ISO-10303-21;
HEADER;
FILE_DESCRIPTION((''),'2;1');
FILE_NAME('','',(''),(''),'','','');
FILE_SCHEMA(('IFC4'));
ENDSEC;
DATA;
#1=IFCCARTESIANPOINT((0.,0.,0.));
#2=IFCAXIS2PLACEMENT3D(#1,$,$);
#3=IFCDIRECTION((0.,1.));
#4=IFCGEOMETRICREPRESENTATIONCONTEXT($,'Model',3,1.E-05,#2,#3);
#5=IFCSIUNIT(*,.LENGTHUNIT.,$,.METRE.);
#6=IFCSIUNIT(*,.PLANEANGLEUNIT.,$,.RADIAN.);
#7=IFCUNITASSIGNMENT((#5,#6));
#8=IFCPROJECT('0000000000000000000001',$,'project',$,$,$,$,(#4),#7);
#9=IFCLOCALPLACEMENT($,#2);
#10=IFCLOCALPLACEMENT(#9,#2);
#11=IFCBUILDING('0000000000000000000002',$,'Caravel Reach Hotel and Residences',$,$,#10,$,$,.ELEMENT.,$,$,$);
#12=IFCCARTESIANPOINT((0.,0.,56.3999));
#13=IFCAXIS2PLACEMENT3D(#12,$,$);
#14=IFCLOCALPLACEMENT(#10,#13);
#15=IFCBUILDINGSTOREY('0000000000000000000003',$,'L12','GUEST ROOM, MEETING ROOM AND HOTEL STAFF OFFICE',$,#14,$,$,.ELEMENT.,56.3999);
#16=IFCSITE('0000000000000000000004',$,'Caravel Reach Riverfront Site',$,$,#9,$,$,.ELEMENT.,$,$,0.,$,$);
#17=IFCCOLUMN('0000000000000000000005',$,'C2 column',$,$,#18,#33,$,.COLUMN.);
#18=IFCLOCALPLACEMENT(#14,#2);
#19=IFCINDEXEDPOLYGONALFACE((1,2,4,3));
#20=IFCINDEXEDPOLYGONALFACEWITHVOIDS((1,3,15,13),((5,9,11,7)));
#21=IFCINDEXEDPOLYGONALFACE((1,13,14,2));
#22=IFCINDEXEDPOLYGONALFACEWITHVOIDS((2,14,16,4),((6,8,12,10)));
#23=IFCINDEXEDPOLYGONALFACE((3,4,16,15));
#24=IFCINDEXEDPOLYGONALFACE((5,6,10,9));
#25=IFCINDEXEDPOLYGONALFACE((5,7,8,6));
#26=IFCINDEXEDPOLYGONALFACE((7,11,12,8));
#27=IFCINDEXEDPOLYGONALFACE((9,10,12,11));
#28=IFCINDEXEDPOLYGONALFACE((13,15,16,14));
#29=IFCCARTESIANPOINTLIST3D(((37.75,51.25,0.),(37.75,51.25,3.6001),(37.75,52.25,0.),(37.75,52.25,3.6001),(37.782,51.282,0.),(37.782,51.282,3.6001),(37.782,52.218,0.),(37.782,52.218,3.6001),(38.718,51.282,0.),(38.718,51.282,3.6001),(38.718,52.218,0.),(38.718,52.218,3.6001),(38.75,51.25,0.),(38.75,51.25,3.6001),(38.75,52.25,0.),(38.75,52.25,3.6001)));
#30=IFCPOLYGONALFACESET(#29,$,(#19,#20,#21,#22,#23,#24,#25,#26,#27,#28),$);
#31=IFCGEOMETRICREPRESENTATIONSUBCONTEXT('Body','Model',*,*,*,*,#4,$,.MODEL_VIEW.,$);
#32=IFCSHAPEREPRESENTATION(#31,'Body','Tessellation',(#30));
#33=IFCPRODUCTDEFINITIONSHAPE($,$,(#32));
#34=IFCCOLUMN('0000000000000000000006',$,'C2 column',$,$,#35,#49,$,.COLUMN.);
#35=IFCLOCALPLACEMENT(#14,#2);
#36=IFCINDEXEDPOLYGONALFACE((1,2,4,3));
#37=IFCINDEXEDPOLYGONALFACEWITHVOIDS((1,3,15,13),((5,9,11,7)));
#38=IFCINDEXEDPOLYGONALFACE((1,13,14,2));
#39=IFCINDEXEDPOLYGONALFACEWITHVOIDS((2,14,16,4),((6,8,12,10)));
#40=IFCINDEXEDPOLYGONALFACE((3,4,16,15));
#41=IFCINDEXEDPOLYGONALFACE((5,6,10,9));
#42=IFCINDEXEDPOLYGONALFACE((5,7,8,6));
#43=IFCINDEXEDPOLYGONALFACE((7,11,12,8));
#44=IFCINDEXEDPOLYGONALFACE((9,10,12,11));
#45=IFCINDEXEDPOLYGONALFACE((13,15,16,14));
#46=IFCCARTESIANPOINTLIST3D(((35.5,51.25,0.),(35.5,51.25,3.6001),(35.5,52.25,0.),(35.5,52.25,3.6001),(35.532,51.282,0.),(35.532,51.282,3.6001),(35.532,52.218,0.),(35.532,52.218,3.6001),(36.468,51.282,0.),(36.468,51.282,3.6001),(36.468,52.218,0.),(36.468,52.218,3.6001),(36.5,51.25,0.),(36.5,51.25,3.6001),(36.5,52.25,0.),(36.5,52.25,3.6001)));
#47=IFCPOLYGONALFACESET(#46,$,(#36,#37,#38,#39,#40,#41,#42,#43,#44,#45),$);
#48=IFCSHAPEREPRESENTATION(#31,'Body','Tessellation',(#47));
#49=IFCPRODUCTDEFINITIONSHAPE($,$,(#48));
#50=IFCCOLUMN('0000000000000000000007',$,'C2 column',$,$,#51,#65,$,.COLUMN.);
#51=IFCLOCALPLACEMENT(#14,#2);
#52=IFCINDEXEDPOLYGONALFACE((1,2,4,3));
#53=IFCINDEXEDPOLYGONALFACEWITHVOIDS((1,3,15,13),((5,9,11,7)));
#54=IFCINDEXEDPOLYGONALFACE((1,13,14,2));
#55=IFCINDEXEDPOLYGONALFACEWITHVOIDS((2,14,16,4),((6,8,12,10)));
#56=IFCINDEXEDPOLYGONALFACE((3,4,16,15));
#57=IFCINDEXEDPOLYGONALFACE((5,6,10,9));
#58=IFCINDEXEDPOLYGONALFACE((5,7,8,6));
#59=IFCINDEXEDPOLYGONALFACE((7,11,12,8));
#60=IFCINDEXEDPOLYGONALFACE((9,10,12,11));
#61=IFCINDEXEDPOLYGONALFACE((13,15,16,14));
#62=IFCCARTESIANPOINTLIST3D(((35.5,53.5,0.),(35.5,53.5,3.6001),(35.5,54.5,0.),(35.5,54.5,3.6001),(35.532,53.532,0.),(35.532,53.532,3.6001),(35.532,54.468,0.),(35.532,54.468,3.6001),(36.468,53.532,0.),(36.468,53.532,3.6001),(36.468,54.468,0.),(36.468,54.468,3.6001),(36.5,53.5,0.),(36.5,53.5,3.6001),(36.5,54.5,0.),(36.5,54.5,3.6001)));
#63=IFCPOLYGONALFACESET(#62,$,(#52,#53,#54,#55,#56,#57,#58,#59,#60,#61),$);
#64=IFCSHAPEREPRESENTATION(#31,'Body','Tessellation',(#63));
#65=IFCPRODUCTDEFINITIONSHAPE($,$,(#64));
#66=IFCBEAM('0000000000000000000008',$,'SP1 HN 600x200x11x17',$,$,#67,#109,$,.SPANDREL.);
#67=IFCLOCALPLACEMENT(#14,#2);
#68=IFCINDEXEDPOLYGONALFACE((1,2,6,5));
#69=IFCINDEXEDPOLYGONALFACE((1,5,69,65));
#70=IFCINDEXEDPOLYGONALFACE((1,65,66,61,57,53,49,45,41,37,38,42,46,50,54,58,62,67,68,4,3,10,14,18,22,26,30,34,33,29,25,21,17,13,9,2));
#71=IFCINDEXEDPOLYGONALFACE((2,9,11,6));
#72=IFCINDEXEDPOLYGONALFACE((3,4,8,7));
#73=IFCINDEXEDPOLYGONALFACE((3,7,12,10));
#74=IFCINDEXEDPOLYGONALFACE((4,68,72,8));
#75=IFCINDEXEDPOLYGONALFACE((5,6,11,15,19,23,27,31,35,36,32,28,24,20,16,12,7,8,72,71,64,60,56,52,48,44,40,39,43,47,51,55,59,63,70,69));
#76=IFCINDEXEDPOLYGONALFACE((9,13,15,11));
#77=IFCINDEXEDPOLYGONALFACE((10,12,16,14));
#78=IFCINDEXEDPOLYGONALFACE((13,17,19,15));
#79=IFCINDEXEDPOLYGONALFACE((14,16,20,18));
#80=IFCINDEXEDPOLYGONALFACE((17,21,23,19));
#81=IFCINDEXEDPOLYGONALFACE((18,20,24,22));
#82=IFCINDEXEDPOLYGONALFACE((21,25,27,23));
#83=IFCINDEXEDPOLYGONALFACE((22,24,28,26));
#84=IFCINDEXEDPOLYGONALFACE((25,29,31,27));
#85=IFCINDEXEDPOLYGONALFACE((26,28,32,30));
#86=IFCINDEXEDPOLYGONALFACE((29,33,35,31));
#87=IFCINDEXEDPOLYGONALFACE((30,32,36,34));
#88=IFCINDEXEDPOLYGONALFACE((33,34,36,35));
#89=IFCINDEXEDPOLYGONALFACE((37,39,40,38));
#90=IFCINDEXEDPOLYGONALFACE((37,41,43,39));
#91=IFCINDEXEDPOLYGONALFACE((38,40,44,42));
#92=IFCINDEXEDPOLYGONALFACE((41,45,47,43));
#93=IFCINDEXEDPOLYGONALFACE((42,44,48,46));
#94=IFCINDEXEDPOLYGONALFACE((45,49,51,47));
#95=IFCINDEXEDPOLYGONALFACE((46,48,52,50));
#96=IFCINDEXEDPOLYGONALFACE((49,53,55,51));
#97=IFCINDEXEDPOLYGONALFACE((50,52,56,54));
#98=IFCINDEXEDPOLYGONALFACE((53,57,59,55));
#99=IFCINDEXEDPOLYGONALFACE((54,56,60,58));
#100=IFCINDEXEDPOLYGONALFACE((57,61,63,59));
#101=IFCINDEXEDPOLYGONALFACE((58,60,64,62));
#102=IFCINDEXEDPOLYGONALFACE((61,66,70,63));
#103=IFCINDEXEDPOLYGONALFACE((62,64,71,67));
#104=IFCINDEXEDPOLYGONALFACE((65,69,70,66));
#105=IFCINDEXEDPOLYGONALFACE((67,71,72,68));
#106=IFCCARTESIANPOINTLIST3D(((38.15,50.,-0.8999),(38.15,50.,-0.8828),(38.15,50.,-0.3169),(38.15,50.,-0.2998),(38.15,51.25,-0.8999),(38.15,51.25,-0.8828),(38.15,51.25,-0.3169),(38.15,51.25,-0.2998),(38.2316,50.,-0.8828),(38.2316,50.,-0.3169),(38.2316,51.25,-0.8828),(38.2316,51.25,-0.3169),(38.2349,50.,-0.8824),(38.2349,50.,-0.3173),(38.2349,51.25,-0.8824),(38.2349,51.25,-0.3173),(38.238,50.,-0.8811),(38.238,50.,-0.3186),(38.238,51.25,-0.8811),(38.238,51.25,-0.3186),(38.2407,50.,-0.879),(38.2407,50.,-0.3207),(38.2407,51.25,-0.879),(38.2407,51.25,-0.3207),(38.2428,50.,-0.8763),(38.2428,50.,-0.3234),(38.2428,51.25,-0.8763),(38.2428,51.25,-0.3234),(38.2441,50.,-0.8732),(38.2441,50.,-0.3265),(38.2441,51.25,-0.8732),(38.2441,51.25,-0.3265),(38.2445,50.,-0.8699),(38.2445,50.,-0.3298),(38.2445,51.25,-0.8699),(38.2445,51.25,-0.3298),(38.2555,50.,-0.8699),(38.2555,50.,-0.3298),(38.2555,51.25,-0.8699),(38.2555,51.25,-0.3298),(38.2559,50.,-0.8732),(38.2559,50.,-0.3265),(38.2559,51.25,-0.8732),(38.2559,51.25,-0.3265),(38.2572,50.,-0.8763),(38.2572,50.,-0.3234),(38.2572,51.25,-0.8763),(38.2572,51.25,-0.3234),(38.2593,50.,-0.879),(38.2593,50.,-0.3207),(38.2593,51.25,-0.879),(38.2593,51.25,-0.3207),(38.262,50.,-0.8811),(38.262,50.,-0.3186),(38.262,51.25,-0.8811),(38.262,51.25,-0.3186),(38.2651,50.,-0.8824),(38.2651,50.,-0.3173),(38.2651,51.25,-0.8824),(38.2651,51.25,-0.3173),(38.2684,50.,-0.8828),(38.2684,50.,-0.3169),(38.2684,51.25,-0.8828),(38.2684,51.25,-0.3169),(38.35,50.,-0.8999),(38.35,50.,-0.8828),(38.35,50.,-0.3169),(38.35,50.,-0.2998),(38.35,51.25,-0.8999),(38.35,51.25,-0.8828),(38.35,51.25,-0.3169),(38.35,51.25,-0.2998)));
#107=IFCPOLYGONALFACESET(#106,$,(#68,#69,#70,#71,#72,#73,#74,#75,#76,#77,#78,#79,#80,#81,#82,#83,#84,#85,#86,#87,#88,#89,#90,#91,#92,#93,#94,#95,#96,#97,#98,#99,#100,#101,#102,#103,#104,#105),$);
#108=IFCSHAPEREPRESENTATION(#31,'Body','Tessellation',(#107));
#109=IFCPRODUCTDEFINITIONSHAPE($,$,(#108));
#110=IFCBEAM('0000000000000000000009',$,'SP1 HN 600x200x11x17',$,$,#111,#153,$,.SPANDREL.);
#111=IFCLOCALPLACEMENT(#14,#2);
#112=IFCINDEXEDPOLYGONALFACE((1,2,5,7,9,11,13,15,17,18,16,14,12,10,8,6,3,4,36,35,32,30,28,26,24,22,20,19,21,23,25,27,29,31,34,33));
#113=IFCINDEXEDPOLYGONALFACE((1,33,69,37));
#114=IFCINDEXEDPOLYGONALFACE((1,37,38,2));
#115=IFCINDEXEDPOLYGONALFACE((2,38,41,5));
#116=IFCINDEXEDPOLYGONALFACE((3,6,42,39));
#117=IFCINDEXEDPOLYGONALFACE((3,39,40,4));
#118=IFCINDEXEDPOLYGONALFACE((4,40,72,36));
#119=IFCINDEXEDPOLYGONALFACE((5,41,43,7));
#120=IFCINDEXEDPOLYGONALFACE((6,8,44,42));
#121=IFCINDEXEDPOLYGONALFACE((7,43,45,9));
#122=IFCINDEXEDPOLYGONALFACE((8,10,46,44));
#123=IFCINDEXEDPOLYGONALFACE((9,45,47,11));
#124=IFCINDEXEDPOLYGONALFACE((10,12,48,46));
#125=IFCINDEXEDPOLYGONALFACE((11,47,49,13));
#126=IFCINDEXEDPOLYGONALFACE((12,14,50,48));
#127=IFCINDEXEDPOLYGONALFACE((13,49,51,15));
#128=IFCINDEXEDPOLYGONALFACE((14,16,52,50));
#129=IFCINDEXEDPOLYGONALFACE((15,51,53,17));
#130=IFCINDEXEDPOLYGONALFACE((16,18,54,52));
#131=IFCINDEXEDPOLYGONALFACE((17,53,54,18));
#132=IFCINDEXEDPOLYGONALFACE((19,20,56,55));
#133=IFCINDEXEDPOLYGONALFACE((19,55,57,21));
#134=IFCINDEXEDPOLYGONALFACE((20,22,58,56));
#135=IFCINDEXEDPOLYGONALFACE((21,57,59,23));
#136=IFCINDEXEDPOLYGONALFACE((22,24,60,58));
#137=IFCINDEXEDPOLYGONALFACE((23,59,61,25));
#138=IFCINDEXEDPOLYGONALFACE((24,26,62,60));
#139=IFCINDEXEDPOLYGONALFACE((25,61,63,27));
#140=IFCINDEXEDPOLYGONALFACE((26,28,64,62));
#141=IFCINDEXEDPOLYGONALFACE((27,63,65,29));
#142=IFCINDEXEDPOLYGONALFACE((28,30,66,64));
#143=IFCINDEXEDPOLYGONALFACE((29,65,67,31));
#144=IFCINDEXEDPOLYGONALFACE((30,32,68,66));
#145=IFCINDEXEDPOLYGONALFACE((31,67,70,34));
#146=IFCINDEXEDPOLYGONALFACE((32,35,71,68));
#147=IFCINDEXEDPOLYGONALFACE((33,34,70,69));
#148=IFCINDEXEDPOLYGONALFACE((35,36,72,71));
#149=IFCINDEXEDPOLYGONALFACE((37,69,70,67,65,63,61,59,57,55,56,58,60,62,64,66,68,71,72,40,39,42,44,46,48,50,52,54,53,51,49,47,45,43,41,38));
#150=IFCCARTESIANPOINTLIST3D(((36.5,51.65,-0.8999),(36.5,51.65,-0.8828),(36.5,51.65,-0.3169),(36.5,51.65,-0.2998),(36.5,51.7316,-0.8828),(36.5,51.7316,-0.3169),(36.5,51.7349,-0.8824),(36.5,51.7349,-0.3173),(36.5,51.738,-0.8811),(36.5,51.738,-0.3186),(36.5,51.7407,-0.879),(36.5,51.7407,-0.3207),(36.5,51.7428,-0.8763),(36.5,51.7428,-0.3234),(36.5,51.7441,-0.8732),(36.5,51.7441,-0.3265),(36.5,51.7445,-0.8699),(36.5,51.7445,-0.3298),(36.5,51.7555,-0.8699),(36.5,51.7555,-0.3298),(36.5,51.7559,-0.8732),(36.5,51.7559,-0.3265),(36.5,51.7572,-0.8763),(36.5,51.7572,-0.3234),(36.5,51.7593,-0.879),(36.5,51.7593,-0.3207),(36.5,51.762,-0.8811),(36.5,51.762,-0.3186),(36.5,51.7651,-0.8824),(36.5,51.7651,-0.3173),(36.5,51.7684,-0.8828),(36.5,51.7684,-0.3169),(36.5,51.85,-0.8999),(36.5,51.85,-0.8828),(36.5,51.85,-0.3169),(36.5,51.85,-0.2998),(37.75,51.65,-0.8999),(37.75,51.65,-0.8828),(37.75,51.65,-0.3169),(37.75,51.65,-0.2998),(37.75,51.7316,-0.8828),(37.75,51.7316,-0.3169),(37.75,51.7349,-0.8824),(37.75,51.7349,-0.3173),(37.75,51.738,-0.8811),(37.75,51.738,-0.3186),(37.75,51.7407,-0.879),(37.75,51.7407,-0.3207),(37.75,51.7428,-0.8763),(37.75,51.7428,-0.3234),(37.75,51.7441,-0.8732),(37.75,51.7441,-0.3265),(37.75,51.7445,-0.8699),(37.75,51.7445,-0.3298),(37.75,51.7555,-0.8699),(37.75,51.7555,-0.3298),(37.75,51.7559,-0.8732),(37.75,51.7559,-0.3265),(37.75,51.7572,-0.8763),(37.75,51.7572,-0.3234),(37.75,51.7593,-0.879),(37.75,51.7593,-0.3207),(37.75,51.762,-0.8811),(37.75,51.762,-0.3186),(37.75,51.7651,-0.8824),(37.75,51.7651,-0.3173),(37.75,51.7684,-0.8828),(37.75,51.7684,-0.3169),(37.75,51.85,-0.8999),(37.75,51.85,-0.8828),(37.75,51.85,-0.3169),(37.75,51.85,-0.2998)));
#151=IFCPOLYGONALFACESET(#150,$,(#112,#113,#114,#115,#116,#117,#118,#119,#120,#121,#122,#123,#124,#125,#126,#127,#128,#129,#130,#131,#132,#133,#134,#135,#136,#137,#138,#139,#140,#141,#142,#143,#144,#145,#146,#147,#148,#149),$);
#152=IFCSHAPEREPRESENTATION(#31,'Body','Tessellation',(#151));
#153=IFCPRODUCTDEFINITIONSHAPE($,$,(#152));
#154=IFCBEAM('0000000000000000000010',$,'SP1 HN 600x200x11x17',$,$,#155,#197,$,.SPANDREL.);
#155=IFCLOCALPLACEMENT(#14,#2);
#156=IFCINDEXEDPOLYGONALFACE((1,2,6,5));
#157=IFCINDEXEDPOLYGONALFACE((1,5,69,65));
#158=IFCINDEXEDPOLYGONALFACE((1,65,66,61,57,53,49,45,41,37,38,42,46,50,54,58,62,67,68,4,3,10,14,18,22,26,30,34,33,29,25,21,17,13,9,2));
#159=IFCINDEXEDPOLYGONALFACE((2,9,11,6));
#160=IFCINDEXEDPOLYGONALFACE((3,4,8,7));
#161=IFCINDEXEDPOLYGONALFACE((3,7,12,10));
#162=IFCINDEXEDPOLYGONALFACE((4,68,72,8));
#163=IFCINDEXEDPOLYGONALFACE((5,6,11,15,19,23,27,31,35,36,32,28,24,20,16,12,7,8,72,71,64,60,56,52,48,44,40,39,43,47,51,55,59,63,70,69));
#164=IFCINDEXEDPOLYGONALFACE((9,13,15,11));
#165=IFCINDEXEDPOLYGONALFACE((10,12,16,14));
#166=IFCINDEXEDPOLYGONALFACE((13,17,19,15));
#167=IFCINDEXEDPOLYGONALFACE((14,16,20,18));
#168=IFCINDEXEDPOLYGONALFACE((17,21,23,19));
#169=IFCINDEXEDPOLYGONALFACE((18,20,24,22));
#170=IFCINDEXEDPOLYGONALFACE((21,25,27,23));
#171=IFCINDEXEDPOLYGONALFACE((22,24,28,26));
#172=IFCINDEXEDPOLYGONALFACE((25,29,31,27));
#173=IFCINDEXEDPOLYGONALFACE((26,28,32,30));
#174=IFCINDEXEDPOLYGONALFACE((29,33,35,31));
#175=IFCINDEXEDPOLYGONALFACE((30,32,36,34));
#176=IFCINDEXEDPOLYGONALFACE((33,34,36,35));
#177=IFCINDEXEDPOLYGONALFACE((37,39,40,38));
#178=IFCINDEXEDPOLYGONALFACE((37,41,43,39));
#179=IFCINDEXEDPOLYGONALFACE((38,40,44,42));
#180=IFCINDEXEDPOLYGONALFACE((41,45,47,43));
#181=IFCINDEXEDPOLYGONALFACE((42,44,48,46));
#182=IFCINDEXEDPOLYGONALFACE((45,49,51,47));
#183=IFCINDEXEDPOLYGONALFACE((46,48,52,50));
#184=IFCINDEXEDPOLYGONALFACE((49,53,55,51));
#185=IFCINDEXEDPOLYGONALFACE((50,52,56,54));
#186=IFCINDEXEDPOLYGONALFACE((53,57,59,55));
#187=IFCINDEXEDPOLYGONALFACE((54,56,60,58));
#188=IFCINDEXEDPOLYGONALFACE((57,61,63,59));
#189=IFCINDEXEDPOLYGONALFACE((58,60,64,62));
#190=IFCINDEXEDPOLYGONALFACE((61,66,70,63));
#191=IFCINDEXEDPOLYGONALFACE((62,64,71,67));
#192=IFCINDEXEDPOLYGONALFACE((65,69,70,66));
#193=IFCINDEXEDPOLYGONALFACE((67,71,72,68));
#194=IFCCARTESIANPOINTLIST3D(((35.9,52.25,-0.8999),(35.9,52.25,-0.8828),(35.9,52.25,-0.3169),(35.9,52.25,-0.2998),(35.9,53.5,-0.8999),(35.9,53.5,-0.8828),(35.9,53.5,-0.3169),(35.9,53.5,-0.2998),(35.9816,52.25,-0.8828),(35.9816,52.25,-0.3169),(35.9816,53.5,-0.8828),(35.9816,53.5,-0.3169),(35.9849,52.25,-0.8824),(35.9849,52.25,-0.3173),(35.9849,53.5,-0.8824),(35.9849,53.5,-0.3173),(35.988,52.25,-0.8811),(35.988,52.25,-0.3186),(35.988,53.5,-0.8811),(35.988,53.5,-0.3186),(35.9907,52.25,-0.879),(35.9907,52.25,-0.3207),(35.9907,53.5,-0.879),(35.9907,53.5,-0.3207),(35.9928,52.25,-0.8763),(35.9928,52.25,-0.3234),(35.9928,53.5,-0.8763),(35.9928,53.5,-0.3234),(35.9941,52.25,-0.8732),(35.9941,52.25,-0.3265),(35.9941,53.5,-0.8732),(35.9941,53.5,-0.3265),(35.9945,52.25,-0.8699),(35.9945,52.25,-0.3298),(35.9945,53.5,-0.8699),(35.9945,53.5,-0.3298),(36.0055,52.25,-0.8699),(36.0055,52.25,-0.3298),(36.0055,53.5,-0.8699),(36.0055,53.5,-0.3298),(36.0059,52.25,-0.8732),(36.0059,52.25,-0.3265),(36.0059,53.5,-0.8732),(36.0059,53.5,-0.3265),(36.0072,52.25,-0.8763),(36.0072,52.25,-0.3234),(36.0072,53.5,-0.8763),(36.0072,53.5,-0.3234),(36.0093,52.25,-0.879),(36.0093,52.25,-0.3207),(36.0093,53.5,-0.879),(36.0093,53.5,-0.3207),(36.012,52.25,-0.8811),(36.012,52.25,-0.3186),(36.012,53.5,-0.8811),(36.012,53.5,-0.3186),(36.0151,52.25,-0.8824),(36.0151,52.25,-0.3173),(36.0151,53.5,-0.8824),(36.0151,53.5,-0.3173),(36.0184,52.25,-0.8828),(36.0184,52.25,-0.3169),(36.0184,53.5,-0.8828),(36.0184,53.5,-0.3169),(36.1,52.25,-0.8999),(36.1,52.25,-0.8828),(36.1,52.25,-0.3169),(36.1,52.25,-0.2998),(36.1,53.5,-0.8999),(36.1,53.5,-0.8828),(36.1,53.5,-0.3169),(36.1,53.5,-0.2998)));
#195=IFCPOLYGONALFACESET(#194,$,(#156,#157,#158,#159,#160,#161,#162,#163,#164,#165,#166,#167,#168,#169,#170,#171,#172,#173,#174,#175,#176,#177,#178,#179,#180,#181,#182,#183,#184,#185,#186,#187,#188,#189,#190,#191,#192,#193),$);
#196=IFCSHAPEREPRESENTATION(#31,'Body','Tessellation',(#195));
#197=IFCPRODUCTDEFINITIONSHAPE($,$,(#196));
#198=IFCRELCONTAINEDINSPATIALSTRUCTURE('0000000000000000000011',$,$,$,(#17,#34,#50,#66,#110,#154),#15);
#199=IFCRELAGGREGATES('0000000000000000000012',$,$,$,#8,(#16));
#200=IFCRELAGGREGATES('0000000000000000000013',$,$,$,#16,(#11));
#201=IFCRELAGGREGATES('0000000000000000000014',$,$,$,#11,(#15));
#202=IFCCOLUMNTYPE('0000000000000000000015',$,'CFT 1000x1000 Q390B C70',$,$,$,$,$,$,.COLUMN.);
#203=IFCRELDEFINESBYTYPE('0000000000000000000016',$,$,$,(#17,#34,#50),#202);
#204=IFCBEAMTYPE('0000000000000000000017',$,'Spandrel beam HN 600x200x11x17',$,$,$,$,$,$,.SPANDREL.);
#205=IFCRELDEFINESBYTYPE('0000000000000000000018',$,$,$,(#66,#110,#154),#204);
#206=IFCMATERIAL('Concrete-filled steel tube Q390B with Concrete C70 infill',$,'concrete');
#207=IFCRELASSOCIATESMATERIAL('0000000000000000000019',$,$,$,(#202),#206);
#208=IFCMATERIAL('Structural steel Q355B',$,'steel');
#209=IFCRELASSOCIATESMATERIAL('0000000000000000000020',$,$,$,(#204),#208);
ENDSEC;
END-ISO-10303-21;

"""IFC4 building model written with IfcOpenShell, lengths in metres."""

from ifc_helpers import new_model, si_unit, direction, frame, origin, origin_2d, place, context, subcontext, project, spatial, hollow_rectangle, i_section, extrude, material, material_profile, profile_set, type_object, element, save


model = new_model("IFC4")

# Units and contexts
model_context = context("Model", 3, precision=1e-05, world=origin(), true_north=direction((0.0, 1.0)))
body_context = subcontext(model_context, "Body", "Model", "MODEL_VIEW")
ifc_project = project(units=[si_unit("LENGTHUNIT", "METRE"), si_unit("PLANEANGLEUNIT", "RADIAN")], contexts=[model_context])

# Site, building, storey
site_placement = place(None, origin())
site = spatial("IfcSite", under=ifc_project, at=site_placement, Name="Caravel Reach Riverfront Site", CompositionType="ELEMENT", RefElevation=0.0)
building_placement = place(site_placement, origin())
building = spatial("IfcBuilding", under=site, at=building_placement, Name="Caravel Reach Hotel and Residences", CompositionType="ELEMENT")
storey_placement = place(building_placement, frame((0.0, 0.0, 56.3999)))
storey = spatial("IfcBuildingStorey", under=building, at=storey_placement, Name="L12", Description="GUEST ROOM, MEETING ROOM AND HOTEL STAFF OFFICE", CompositionType="ELEMENT", Elevation=56.3999)

# Columns
ifc_material_1 = material(Name="Concrete-filled steel tube Q390B with Concrete C70 infill", Category="concrete")
ifc_material_profile_1 = material_profile(ifc_material_1, hollow_rectangle(XDim=1.0, YDim=1.0, WallThickness=0.032, at=origin_2d()), Name="RHS 1000x1000x32")
ifc_profile_set_1 = profile_set([ifc_material_profile_1], Name="Concrete-filled steel tube Q390B with Concrete C70 infill")
column_type = type_object("IfcColumnType", Name="CFT 1000x1000 Q390B C70", PredefinedType="COLUMN", material=ifc_profile_set_1)
for number, where, z_axis, x_axis, name in (
    (1, (38.25, 51.75, 0.0), (0.0, 0.0, 1.0), (1.0, 0.0, 0.0), "C2 column"),
    (2, (36.0, 51.75, 0.0), (0.0, 0.0, 1.0), (1.0, 0.0, 0.0), "C2 column"),
    (3, (36.0, 54.0, 0.0), (0.0, 0.0, 1.0), (1.0, 0.0, 0.0), "C2 column"),
):
    element("IfcColumn", number, at=place(storey_placement, frame(where, z_axis=z_axis, x_axis=x_axis)), inside=storey, type_object=column_type, Name=name, PredefinedType="COLUMN", context=body_context, shape_type="SweptSolid", body=[
        extrude(hollow_rectangle(XDim=1.0, YDim=1.0, WallThickness=0.032, at=origin_2d()), origin(), (0.0, 0.0, 1.0), 3.6001),
    ])

# Beams
ifc_material_2 = material(Name="Structural steel Q355B", Category="steel")
ifc_material_profile_2 = material_profile(ifc_material_2, i_section(OverallWidth=0.2, OverallDepth=0.6001, WebThickness=0.011, FlangeThickness=0.0171, FilletRadius=0.0129, at=origin_2d()), Name="HN 600x200x11x17")
ifc_profile_set_2 = profile_set([ifc_material_profile_2], Name="Structural steel Q355B")
beam_type = type_object("IfcBeamType", Name="Spandrel beam HN 600x200x11x17", PredefinedType="SPANDREL", material=ifc_profile_set_2)
for number, where, z_axis, x_axis, name in (
    (4, (38.25, 50.0, -0.5999), (0.0, 1.0, 0.0), (-1.0, 0.0, 0.0), "SP1 HN 600x200x11x17"),
    (5, (37.75, 51.75, -0.5999), (-1.0, 0.0, 0.0), (0.0, -1.0, 0.0), "SP1 HN 600x200x11x17"),
    (6, (36.0, 52.25, -0.5999), (0.0, 1.0, 0.0), (-1.0, 0.0, 0.0), "SP1 HN 600x200x11x17"),
):
    element("IfcBeam", number, at=place(storey_placement, frame(where, z_axis=z_axis, x_axis=x_axis)), inside=storey, type_object=beam_type, Name=name, PredefinedType="SPANDREL", context=body_context, shape_type="SweptSolid", body=[
        extrude(i_section(OverallWidth=0.2, OverallDepth=0.6001, WebThickness=0.011, FlangeThickness=0.0171, FilletRadius=0.0129, at=origin_2d()), origin(), (0.0, 0.0, 1.0), 1.25),
    ])

save(model, "model.ifc")
